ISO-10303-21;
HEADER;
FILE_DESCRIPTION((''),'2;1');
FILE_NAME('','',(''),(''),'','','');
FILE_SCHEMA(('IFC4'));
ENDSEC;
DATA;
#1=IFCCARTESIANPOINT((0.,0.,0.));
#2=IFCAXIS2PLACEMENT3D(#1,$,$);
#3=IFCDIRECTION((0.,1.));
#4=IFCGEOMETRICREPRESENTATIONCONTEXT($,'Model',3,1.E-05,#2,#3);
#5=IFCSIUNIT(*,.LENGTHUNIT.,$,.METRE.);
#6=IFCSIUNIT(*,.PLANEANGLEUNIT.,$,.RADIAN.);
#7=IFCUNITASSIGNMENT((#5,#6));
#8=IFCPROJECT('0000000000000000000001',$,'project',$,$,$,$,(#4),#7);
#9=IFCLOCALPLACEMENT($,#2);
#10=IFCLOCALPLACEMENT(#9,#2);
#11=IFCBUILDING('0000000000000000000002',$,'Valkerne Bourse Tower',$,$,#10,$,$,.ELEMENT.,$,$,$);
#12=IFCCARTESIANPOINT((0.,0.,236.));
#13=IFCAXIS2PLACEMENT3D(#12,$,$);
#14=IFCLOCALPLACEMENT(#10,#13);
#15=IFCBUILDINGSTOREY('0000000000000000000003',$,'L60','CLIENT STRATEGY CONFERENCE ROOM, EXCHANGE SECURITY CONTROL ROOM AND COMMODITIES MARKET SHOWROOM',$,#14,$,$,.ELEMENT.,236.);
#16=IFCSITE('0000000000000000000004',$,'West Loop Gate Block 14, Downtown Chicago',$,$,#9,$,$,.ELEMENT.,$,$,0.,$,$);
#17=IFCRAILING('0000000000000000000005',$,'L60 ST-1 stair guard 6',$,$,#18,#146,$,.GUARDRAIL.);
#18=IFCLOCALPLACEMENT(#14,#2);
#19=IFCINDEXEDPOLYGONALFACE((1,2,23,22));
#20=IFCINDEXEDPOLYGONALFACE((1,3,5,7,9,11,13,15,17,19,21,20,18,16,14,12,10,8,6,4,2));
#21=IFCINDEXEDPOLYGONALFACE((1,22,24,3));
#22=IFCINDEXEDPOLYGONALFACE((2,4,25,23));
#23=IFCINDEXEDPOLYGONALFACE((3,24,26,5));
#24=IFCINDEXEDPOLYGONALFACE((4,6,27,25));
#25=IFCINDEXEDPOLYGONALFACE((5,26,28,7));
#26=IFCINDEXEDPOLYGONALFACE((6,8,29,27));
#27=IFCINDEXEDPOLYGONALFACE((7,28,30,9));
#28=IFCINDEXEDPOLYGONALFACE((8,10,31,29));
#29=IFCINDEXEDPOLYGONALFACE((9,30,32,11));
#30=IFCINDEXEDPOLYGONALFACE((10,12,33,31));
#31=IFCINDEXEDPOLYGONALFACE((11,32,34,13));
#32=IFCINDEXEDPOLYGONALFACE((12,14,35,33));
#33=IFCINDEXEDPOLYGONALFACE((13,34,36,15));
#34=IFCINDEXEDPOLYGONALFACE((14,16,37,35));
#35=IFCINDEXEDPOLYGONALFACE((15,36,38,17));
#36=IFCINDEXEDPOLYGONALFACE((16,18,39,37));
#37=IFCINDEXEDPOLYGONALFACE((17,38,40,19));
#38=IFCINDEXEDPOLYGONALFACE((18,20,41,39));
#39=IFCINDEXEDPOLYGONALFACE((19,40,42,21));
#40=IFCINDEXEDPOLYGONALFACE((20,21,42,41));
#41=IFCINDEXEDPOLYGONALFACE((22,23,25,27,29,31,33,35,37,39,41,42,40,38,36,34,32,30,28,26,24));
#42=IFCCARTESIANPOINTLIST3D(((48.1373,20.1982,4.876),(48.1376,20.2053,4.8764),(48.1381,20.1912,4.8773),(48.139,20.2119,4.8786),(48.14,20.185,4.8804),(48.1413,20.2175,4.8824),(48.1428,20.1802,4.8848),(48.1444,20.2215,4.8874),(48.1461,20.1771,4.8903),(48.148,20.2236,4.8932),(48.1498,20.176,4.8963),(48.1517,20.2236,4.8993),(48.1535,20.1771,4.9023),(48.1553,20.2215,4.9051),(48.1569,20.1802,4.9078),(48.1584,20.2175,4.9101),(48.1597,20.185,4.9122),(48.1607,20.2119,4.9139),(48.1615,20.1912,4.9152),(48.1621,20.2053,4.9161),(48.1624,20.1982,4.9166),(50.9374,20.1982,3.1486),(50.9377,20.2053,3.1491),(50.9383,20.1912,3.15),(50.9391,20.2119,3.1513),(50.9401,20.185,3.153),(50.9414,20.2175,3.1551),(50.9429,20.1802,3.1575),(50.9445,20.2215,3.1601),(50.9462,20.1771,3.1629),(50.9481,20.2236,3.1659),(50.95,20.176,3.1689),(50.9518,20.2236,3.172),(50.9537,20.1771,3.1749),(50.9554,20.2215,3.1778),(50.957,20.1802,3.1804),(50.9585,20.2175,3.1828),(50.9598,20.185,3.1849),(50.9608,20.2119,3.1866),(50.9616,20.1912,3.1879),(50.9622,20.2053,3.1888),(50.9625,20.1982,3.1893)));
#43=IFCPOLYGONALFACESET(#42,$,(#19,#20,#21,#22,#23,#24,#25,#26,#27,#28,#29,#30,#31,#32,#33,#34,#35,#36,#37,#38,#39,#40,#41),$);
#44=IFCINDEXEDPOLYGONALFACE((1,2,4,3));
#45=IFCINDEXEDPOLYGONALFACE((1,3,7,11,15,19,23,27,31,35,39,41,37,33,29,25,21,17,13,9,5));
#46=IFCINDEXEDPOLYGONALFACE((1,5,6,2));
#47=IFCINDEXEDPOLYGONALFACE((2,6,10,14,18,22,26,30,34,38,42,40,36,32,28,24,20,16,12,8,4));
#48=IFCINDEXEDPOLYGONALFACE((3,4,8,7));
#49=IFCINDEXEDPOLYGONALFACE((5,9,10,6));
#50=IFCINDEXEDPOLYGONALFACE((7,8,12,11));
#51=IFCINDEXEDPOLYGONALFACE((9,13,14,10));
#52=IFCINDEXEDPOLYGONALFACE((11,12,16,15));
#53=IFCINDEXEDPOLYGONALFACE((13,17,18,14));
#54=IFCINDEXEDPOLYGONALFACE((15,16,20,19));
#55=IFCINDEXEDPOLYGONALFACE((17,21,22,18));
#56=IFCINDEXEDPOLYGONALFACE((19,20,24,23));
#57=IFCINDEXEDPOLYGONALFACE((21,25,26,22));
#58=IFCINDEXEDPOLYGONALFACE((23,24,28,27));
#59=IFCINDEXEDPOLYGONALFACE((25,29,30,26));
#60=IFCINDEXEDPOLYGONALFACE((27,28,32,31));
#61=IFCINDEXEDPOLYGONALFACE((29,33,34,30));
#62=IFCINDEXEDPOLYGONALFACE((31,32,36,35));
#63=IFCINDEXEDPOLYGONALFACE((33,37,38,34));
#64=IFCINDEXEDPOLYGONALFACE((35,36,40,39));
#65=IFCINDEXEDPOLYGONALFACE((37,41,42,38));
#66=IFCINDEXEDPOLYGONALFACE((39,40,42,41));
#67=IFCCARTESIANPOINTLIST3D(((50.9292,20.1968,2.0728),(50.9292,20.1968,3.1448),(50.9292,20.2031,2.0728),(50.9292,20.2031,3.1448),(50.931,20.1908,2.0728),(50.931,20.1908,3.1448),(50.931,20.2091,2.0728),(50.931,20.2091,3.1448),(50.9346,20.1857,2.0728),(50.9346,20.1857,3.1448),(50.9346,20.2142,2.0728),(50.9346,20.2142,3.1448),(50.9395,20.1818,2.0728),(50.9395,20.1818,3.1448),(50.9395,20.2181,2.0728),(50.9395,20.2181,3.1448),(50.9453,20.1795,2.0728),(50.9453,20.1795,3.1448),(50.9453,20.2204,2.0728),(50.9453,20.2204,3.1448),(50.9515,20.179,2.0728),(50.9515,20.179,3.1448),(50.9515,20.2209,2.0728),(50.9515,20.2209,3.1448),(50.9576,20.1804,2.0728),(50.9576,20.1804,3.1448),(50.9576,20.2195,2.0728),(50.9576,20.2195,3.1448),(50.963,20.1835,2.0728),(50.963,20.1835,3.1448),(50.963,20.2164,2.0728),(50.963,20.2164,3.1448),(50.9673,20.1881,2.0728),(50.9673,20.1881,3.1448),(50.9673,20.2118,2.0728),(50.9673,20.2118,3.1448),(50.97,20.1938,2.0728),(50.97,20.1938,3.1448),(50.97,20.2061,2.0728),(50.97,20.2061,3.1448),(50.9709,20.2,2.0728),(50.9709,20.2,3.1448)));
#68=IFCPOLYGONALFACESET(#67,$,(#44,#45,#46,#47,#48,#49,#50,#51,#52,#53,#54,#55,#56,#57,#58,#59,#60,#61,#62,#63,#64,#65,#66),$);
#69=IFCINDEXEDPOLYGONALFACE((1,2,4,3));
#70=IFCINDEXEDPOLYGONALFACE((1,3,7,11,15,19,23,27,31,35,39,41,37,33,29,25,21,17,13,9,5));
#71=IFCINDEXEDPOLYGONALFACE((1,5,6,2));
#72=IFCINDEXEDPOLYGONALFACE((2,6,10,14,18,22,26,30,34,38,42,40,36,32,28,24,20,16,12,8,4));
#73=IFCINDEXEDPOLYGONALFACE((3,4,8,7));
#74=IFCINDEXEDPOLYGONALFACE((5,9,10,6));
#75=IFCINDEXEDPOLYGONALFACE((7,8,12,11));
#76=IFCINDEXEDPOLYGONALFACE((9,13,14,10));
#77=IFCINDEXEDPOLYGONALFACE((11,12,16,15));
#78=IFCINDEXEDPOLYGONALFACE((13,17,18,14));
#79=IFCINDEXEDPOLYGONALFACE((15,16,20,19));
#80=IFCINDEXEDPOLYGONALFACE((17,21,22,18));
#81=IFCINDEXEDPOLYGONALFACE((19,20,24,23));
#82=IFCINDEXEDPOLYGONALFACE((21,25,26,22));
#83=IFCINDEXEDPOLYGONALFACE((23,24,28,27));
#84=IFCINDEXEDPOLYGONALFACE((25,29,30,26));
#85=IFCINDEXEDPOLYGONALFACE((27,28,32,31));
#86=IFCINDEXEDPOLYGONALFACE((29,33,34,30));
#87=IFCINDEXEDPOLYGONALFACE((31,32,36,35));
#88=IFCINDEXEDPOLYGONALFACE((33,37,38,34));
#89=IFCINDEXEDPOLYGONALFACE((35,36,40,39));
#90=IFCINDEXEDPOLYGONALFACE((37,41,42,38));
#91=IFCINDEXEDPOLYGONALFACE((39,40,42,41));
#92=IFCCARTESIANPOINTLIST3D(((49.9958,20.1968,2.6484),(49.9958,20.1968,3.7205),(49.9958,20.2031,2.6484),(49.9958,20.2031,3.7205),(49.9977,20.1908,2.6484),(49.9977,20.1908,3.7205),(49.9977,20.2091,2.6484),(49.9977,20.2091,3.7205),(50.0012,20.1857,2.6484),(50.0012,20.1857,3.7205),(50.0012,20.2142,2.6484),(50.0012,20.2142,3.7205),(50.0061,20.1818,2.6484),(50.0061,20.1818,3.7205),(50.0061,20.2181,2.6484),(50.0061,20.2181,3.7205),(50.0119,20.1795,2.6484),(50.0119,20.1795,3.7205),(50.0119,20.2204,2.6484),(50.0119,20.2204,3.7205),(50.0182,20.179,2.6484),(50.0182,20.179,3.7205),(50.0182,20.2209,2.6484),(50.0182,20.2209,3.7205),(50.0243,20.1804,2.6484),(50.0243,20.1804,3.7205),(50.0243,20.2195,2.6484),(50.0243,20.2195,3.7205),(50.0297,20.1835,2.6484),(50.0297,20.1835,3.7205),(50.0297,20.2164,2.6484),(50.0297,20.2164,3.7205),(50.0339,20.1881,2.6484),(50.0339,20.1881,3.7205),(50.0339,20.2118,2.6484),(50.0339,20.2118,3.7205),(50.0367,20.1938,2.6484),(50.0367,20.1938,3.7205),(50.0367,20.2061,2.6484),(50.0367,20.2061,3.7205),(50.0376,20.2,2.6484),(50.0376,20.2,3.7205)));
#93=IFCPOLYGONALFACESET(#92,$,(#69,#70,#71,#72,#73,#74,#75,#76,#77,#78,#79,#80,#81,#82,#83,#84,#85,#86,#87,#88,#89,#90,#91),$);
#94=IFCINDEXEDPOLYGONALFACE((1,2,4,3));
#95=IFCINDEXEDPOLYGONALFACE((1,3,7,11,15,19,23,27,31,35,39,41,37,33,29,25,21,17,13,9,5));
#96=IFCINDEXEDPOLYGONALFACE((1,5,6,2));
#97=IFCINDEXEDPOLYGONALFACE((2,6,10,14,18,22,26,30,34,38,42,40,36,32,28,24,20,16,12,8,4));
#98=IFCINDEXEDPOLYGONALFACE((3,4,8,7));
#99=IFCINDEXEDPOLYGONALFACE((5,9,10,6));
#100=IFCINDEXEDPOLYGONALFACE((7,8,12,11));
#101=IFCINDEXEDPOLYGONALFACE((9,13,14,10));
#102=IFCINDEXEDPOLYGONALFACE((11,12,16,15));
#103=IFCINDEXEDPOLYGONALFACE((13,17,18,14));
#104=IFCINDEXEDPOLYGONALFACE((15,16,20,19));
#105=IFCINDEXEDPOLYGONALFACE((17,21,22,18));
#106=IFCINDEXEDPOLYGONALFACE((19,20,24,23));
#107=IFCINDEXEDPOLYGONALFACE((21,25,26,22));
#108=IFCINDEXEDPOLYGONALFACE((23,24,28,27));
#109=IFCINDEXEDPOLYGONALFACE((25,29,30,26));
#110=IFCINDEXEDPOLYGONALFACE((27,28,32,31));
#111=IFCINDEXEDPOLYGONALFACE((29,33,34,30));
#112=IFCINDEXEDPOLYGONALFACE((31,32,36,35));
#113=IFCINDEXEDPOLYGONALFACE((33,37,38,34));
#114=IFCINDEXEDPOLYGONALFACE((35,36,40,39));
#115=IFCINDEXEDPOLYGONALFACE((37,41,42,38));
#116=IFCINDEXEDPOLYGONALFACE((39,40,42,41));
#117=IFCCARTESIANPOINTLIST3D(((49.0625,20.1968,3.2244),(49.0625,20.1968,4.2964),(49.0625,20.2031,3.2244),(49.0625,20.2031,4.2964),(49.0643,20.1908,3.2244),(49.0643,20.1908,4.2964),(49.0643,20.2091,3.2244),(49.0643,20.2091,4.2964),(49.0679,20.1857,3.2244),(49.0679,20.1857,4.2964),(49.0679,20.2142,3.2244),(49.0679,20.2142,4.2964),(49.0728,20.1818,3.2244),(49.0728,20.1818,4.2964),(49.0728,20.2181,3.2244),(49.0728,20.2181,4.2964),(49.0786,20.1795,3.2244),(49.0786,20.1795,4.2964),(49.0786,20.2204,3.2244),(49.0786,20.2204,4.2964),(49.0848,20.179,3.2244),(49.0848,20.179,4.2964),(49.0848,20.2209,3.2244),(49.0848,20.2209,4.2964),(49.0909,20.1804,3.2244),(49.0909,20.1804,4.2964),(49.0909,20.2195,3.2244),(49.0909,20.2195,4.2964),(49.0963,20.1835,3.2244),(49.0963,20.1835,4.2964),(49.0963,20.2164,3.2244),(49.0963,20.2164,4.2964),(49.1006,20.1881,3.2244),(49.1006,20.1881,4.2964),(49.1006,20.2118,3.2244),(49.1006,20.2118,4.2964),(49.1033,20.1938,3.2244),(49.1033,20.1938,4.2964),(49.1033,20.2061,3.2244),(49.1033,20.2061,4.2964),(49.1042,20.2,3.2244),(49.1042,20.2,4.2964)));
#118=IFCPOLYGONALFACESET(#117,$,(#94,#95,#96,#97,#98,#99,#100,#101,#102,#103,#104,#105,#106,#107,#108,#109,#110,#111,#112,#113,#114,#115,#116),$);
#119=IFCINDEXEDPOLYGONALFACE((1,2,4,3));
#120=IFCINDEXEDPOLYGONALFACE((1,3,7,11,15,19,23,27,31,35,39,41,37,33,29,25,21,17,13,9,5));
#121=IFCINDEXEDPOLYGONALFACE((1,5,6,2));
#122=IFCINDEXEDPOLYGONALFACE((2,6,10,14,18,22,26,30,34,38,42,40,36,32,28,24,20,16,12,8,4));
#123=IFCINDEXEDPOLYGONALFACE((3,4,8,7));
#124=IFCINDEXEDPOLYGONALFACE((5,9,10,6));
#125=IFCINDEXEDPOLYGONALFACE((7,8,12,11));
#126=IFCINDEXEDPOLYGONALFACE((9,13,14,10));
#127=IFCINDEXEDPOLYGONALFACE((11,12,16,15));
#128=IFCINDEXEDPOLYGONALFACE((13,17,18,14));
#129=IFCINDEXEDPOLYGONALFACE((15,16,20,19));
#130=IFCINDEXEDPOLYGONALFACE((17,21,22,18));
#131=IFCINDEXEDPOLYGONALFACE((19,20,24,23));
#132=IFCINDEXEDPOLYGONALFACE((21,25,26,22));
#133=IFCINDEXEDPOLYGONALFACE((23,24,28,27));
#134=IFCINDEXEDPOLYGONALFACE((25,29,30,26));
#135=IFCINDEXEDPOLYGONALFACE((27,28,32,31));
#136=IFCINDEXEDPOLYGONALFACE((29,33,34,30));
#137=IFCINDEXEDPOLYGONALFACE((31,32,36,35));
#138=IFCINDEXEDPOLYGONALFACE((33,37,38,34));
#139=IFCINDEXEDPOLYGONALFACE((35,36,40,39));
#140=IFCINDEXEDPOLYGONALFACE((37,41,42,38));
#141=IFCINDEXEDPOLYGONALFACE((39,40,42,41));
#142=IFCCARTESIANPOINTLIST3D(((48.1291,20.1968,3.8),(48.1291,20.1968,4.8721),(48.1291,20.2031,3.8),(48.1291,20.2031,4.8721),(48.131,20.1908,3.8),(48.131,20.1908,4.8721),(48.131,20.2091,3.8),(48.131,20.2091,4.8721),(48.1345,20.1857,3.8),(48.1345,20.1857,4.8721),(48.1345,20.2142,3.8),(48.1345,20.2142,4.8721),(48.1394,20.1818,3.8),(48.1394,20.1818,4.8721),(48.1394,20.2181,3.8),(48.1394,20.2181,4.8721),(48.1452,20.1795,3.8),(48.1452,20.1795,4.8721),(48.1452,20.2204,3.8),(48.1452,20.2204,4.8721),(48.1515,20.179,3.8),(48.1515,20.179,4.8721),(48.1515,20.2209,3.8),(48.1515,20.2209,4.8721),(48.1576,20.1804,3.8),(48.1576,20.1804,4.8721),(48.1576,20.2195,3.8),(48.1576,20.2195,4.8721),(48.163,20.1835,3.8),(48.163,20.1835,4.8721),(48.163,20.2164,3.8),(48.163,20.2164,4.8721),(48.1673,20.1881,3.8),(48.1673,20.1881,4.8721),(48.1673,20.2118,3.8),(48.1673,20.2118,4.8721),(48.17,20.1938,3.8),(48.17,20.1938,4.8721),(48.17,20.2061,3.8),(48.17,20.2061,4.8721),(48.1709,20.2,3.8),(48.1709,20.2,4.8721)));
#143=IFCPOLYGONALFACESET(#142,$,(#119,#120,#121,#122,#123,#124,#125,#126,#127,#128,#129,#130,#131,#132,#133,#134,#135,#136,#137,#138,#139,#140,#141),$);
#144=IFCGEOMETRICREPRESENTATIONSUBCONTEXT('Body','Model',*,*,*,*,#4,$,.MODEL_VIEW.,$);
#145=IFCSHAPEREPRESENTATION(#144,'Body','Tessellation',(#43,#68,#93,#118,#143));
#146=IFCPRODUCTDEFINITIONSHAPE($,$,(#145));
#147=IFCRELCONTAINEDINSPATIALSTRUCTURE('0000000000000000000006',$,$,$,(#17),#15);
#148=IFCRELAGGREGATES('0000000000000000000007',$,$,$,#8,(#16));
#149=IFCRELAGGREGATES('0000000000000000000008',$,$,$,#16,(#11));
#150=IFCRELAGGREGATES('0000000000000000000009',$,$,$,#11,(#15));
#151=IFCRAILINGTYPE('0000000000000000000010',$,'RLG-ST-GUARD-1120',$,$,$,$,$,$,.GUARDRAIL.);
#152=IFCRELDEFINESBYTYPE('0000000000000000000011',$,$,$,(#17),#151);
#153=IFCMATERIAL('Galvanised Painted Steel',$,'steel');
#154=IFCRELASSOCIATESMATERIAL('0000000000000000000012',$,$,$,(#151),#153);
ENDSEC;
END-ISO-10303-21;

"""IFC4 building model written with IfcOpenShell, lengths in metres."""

from ifc_helpers import new_model, si_unit, direction, frame, origin, origin_2d, place, context, subcontext, project, spatial, circle, extrude, material, type_object, element, save


model = new_model("IFC4")

# Units and contexts
model_context = context("Model", 3, precision=1e-05, world=origin(), true_north=direction((0.0, 1.0)))
body_context = subcontext(model_context, "Body", "Model", "MODEL_VIEW")
ifc_project = project(units=[si_unit("LENGTHUNIT", "METRE"), si_unit("PLANEANGLEUNIT", "RADIAN")], contexts=[model_context])

# Site, building, storey
site_placement = place(None, origin())
site = spatial("IfcSite", under=ifc_project, at=site_placement, Name="West Loop Gate Block 14, Downtown Chicago", CompositionType="ELEMENT", RefElevation=0.0)
building_placement = place(site_placement, origin())
building = spatial("IfcBuilding", under=site, at=building_placement, Name="Valkerne Bourse Tower", CompositionType="ELEMENT")
storey_placement = place(building_placement, frame((0.0, 0.0, 236.0)))
storey = spatial("IfcBuildingStorey", under=building, at=storey_placement, Name="L60", Description="CLIENT STRATEGY CONFERENCE ROOM, EXCHANGE SECURITY CONTROL ROOM AND COMMODITIES MARKET SHOWROOM", CompositionType="ELEMENT", Elevation=236.0)

# Shared definitions
ifc_material_1 = material(Name="Galvanised Painted Steel", Category="steel")

# Railing
railing_type_1 = type_object("IfcRailingType", Name="RLG-ST-GUARD-1120", PredefinedType="GUARDRAIL", material=ifc_material_1)
railing_1_placement = place(storey_placement, frame((50.95, 20.2, 2.0728)))
element("IfcRailing", 1, at=railing_1_placement, inside=storey, type_object=railing_type_1, Name="L60 ST-1 stair guard 6", PredefinedType="GUARDRAIL", context=body_context, shape_type="SweptSolid", body=[
    extrude(circle(Radius=0.0239, at=origin_2d()), frame((0.0, 0.0, 1.0962), z_axis=(-0.85109, 0.0, 0.52502), x_axis=(0.0, -1.0, 0.0)), (0.0, 0.0, 1.0), 3.29),
    extrude(circle(Radius=0.021, at=origin_2d()), origin(), (0.0, 0.0, 1.0), 1.072),
    extrude(circle(Radius=0.021, at=origin_2d()), frame((-0.9333, 0.0, 0.5757)), (0.0, 0.0, 1.0), 1.072),
    extrude(circle(Radius=0.021, at=origin_2d()), frame((-1.8667, 0.0, 1.1516)), (0.0, 0.0, 1.0), 1.072),
    extrude(circle(Radius=0.021, at=origin_2d()), frame((-2.8, 0.0, 1.7273)), (0.0, 0.0, 1.0), 1.072),
])

save(model, "model.ifc")
